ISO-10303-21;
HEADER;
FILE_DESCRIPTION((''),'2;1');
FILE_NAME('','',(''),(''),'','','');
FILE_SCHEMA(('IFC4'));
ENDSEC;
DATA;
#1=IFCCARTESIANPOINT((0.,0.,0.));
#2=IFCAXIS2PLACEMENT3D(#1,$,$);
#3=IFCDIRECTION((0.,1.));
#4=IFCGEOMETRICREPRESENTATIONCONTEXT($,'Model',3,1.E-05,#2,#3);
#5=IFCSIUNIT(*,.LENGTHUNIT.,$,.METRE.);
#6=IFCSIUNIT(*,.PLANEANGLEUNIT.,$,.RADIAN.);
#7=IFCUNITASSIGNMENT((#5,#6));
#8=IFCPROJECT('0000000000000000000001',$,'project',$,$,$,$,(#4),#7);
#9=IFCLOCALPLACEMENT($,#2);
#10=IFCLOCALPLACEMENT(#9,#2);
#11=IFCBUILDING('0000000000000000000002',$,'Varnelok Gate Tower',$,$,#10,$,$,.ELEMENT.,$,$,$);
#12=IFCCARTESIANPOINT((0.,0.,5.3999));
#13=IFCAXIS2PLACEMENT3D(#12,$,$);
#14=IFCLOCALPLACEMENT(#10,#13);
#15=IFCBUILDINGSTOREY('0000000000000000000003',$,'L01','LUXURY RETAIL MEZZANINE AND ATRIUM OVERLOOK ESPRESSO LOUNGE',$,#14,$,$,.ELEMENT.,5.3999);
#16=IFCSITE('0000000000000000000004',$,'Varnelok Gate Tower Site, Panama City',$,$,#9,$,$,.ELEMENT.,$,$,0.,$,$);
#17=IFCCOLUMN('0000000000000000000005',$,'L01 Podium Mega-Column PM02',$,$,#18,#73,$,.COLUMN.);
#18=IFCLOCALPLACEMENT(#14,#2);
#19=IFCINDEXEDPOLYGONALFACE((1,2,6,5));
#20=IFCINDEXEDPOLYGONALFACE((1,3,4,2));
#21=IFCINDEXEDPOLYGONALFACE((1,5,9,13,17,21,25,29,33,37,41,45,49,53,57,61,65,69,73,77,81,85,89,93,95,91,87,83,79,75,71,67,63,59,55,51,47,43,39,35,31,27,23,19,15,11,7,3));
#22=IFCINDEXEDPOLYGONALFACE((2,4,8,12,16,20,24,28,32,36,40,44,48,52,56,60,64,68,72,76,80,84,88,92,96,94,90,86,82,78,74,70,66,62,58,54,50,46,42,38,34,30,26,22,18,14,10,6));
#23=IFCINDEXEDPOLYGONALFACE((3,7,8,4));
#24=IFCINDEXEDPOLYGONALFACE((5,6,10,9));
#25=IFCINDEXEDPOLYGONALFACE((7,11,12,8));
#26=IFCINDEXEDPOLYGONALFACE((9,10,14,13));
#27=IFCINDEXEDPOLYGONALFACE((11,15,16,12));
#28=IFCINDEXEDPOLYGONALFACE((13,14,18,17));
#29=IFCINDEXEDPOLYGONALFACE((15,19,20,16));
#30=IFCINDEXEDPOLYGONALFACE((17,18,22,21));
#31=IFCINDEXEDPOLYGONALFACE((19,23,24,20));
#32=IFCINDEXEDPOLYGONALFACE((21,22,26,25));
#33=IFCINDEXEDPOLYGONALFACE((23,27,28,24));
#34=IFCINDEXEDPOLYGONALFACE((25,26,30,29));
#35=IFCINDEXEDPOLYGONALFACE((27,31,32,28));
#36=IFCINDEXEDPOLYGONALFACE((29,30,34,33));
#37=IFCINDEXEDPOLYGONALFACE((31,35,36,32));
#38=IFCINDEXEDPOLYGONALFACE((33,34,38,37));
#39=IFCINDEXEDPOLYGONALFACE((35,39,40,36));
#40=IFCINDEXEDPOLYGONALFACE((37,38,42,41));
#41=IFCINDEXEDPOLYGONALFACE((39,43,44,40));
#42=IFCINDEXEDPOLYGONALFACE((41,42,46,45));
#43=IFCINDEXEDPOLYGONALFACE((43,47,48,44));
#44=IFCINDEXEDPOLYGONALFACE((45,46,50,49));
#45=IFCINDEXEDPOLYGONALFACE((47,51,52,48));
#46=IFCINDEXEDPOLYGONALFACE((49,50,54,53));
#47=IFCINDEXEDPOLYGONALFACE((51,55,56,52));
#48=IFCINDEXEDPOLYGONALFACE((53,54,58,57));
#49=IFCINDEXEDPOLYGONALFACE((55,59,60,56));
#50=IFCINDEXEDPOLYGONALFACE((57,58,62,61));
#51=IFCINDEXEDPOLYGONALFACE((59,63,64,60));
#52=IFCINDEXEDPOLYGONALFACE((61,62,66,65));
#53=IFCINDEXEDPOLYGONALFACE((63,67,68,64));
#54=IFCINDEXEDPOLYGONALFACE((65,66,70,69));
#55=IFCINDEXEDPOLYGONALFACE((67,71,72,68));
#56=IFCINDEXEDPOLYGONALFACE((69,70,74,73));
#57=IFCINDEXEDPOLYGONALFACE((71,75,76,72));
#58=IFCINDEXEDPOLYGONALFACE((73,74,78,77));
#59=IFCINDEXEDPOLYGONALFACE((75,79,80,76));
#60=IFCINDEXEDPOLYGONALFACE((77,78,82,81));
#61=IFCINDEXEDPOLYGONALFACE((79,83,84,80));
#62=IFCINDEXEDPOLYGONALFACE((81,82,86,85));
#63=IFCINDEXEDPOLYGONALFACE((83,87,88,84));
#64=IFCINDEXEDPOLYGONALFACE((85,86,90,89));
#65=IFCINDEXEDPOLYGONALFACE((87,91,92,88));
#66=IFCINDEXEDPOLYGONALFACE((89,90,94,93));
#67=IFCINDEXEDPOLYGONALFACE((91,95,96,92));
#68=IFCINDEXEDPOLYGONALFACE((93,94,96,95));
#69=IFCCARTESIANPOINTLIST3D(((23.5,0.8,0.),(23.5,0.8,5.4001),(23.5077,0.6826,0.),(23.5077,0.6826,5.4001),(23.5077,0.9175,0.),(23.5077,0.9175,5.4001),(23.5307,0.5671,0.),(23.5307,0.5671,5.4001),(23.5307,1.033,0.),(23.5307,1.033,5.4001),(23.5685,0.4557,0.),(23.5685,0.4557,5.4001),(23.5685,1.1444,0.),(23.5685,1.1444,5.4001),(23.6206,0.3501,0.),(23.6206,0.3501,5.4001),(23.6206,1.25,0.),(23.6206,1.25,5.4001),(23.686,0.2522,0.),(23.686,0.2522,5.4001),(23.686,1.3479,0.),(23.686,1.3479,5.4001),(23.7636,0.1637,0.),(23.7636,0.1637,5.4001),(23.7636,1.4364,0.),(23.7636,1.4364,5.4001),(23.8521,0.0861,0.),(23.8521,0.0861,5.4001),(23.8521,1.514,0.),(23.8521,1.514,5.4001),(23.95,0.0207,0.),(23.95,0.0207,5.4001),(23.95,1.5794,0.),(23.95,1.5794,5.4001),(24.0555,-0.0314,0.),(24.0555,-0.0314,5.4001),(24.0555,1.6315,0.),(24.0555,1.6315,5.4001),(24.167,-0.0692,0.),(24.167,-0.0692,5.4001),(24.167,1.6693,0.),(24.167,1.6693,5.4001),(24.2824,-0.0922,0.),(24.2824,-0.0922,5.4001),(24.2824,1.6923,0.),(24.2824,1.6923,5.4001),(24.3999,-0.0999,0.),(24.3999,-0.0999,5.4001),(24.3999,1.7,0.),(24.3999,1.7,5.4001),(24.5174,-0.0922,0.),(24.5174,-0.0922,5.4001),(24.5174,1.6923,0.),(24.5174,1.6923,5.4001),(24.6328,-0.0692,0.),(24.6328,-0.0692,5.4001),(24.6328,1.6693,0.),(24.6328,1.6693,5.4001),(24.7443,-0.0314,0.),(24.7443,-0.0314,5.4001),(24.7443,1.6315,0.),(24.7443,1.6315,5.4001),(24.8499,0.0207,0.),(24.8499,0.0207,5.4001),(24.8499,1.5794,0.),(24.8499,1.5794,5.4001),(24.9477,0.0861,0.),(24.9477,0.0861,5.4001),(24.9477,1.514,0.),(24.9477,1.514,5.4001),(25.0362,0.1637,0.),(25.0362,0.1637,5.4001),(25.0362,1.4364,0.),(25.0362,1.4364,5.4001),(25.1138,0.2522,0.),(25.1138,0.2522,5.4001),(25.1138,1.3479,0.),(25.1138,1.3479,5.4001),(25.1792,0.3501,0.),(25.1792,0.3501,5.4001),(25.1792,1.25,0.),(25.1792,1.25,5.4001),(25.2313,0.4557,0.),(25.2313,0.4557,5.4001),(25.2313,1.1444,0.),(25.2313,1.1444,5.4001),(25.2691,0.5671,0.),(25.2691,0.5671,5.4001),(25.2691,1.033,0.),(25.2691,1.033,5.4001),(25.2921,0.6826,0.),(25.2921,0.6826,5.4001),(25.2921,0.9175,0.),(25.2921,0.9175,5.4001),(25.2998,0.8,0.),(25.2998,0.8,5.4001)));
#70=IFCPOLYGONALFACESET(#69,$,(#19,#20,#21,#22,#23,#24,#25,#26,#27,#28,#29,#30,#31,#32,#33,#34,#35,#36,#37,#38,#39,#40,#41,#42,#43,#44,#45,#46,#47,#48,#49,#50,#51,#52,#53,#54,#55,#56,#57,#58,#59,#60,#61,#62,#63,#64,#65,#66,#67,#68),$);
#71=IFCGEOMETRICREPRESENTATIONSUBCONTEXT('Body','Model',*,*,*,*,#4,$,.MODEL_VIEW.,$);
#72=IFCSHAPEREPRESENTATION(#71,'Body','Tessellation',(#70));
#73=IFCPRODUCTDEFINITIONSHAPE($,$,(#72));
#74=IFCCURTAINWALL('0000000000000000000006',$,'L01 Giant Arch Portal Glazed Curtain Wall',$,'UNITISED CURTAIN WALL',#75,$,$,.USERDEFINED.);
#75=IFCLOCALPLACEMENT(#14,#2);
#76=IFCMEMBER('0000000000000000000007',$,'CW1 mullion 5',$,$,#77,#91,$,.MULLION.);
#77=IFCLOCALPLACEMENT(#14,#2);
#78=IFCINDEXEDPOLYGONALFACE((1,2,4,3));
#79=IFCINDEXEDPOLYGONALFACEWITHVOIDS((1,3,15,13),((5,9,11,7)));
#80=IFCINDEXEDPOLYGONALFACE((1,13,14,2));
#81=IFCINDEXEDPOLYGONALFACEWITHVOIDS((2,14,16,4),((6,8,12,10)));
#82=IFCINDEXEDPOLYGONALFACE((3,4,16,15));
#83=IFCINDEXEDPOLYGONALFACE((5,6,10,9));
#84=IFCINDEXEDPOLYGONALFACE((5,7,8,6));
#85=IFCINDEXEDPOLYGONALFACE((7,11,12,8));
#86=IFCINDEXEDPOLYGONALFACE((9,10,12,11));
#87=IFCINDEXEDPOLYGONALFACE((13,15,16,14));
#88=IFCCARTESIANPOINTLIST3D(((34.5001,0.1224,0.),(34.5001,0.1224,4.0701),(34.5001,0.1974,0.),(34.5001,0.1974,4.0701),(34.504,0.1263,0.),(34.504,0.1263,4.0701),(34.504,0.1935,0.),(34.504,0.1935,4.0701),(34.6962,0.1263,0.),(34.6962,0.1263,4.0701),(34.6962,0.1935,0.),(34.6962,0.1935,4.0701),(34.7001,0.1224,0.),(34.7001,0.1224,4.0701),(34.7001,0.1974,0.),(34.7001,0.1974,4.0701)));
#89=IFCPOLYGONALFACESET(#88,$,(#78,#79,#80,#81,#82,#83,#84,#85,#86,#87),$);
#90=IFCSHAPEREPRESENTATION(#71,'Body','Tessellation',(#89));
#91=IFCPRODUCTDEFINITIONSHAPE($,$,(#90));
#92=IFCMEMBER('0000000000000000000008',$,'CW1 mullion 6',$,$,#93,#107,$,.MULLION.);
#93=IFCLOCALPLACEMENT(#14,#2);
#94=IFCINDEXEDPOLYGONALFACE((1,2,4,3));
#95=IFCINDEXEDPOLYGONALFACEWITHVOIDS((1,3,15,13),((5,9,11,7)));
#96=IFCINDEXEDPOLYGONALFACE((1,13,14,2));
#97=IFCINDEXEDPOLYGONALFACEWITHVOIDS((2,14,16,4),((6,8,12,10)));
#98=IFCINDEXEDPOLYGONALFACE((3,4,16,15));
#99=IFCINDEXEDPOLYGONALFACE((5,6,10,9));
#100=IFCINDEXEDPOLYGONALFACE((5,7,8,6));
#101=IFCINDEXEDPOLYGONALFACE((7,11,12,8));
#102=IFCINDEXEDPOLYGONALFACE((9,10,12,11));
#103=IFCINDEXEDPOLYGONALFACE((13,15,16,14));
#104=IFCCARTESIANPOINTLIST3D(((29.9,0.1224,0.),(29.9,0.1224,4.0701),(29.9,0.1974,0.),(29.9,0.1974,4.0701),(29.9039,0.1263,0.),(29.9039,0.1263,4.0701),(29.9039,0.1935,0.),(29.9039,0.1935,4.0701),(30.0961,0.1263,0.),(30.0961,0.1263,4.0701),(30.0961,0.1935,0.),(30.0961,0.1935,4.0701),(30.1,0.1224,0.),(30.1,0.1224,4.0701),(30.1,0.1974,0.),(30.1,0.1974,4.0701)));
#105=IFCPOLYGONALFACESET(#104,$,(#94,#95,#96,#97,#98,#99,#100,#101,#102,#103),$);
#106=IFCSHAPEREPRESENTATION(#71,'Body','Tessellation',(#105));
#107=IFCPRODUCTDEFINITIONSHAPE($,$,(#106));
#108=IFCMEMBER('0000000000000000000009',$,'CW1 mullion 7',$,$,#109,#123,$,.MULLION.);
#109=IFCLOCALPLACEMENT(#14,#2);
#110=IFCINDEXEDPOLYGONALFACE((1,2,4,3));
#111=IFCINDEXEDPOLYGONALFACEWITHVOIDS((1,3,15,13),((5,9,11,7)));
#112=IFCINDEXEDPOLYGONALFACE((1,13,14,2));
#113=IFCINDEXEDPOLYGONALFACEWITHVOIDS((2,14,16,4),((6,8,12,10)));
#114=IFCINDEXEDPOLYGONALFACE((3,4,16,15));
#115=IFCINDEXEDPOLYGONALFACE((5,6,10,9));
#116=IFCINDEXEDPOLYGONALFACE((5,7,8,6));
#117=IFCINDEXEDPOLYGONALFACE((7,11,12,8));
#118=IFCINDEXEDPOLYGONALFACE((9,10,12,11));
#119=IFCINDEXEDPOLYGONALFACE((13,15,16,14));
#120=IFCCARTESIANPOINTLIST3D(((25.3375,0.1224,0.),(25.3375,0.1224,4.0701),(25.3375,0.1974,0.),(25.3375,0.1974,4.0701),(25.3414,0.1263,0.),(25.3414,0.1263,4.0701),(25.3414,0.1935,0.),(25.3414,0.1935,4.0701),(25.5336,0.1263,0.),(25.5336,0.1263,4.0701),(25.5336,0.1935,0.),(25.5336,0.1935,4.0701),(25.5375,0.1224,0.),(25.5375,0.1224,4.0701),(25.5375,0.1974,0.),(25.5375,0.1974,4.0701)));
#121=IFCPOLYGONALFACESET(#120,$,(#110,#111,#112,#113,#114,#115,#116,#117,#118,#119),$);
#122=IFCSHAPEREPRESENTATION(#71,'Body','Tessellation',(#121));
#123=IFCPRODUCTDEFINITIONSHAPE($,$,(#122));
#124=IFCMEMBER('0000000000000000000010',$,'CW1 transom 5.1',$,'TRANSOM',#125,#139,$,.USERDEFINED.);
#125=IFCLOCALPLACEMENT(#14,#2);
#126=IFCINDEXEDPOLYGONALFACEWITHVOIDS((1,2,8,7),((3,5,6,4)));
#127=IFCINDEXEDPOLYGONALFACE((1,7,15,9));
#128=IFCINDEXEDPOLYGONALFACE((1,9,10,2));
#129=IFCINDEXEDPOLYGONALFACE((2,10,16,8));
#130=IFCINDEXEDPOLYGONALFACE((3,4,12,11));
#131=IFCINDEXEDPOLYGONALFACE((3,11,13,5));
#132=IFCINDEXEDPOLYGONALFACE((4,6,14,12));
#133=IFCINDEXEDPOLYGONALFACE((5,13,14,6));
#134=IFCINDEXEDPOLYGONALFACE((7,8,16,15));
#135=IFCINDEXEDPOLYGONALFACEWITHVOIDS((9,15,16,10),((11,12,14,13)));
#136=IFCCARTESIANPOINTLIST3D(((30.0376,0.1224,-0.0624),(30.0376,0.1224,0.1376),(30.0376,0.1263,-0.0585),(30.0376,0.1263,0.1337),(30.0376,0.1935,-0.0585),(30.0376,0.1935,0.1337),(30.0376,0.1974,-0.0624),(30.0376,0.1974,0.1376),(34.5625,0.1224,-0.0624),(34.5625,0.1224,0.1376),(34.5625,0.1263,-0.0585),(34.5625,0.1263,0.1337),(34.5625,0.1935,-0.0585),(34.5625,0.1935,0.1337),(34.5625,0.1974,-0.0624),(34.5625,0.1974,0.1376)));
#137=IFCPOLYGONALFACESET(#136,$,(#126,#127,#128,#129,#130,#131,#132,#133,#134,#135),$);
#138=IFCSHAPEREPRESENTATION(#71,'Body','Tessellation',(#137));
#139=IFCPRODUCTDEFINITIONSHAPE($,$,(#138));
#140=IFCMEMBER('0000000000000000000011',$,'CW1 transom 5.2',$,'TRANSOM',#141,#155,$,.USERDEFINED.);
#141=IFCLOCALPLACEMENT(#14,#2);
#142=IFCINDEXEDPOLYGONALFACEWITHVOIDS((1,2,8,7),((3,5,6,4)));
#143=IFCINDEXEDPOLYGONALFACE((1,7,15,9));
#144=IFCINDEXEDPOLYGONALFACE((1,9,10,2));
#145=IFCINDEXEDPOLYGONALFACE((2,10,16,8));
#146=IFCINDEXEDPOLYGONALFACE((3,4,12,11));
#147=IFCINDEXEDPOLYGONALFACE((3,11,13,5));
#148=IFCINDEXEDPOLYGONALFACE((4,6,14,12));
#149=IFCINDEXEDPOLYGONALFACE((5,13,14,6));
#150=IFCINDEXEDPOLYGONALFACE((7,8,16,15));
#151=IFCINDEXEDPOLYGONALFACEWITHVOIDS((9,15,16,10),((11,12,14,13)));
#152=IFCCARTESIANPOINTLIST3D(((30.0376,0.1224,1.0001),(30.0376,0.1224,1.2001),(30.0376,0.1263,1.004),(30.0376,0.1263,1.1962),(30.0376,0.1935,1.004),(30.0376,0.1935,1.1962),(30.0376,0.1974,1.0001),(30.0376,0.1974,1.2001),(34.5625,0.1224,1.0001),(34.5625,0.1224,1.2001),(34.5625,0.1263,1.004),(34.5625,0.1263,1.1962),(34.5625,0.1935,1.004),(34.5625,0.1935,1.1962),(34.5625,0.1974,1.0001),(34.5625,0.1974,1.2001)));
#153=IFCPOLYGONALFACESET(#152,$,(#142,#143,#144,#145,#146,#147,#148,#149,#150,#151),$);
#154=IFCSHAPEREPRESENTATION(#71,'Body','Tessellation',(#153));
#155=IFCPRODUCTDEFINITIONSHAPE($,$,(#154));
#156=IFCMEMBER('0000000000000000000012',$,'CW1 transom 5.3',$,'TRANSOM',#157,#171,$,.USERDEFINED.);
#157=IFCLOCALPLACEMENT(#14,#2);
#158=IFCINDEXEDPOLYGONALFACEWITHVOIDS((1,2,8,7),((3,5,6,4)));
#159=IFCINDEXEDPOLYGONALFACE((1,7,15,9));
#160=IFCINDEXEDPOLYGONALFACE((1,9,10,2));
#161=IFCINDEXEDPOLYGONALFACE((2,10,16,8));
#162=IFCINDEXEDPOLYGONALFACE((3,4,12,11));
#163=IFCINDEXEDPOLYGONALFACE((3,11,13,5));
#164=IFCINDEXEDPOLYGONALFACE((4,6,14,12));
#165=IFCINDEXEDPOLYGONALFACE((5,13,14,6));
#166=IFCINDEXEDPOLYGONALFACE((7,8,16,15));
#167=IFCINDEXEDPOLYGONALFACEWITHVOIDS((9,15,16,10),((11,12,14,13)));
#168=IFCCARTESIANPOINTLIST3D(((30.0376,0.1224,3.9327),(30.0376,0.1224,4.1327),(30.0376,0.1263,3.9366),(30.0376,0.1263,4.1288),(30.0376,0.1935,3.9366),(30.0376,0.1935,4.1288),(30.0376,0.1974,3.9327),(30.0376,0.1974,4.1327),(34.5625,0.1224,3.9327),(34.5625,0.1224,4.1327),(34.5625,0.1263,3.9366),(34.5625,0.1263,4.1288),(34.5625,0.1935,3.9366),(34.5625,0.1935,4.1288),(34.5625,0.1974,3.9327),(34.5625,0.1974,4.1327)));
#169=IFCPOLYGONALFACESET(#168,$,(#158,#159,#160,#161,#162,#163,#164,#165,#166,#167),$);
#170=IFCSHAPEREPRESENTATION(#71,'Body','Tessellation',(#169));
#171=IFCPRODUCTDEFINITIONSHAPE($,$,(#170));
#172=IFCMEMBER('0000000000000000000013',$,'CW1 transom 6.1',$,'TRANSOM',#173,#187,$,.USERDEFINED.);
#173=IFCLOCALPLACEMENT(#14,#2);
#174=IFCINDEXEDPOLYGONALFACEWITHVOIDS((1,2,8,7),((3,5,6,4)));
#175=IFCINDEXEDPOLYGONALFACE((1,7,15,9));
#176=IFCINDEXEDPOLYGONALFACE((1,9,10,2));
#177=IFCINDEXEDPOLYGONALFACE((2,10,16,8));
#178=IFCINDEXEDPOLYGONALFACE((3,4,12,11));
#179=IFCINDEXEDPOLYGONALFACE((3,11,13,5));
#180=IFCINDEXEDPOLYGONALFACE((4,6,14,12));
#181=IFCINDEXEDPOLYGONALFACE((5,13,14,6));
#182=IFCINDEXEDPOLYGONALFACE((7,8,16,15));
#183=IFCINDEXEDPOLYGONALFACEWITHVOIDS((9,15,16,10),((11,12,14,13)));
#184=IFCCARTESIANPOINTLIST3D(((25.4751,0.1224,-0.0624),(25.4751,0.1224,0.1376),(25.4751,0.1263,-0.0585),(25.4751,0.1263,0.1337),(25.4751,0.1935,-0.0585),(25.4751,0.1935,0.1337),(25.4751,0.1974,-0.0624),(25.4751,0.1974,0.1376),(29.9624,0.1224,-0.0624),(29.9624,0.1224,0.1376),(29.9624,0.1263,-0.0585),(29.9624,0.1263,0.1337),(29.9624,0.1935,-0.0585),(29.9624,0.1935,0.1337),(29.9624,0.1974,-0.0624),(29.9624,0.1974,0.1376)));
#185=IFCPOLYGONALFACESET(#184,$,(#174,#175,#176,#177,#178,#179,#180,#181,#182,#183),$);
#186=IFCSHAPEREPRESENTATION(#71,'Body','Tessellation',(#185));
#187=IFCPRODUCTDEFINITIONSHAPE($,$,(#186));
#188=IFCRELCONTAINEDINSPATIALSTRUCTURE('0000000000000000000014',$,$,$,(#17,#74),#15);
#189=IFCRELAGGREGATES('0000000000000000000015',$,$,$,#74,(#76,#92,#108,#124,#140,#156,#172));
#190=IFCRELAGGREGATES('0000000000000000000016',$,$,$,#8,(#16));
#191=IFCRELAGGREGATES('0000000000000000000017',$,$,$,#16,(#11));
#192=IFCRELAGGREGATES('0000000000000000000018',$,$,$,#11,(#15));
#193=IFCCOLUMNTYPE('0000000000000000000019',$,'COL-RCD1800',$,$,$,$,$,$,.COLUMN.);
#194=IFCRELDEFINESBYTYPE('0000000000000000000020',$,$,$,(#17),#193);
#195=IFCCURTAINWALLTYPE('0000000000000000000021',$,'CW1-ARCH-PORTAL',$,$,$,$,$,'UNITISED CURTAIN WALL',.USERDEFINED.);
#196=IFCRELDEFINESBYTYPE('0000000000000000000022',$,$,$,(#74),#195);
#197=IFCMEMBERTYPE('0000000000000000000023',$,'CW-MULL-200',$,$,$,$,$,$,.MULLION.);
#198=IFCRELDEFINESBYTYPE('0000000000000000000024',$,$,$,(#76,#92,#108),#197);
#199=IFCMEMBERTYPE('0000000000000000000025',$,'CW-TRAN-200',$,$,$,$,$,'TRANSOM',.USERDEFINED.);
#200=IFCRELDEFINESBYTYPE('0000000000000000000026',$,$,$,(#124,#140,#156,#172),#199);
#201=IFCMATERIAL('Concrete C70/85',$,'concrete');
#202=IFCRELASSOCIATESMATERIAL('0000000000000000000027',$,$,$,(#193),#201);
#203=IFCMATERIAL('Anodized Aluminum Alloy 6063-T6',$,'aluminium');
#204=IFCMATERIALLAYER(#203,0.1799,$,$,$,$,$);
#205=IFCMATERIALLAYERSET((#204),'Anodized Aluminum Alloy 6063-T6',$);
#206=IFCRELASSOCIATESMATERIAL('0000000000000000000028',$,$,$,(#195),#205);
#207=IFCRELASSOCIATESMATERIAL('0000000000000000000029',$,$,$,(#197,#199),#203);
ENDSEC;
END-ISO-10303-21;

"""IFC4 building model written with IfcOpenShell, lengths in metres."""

from ifc_helpers import new_model, si_unit, direction, frame, origin, origin_2d, place, context, subcontext, project, spatial, hollow_rectangle, circle, extrude, material, layer, layer_set, material_profile, profile_set, type_object, element, aggregate, save


model = new_model("IFC4")

# Units and contexts
model_context = context("Model", 3, precision=1e-05, world=origin(), true_north=direction((0.0, 1.0)))
body_context = subcontext(model_context, "Body", "Model", "MODEL_VIEW")
ifc_project = project(units=[si_unit("LENGTHUNIT", "METRE"), si_unit("PLANEANGLEUNIT", "RADIAN")], contexts=[model_context])

# Site, building, storey
site_placement = place(None, origin())
site = spatial("IfcSite", under=ifc_project, at=site_placement, Name="Varnelok Gate Tower Site, Panama City", CompositionType="ELEMENT", RefElevation=0.0)
building_placement = place(site_placement, origin())
building = spatial("IfcBuilding", under=site, at=building_placement, Name="Varnelok Gate Tower", CompositionType="ELEMENT")
storey_placement = place(building_placement, frame((0.0, 0.0, 5.3999)))
storey = spatial("IfcBuildingStorey", under=building, at=storey_placement, Name="L01", Description="LUXURY RETAIL MEZZANINE AND ATRIUM OVERLOOK ESPRESSO LOUNGE", CompositionType="ELEMENT", Elevation=5.3999)

# Column
ifc_material_1 = material(Name="Concrete C70/85", Category="concrete")
ifc_material_profile_1 = material_profile(ifc_material_1, circle(Radius=0.8999, at=origin_2d()), Name="RCD1800")
ifc_profile_set_1 = profile_set([ifc_material_profile_1], Name="Concrete C70/85")
column_type = type_object("IfcColumnType", Name="COL-RCD1800", PredefinedType="COLUMN", material=ifc_profile_set_1)
column_placement = place(storey_placement, frame((24.3999, 0.8, 0.0), z_axis=(0.0, 0.0, 1.0), x_axis=(1.0, 0.0, 0.0)))
element("IfcColumn", 1, at=column_placement, inside=storey, type_object=column_type, Name="L01 Podium Mega-Column PM02", PredefinedType="COLUMN", context=body_context, shape_type="SweptSolid", body=[
    extrude(circle(Radius=0.8999, at=origin_2d()), origin(), (0.0, 0.0, 1.0), 5.4001),
])

# Curtain wall, members
ifc_material_2 = material(Name="Anodized Aluminum Alloy 6063-T6", Category="aluminium")
ifc_layer_1 = layer(ifc_material_2, 0.1799)
ifc_layer_set_1 = layer_set([ifc_layer_1], Name="Anodized Aluminum Alloy 6063-T6")
curtain_wall_type = type_object("IfcCurtainWallType", Name="CW1-ARCH-PORTAL", ElementType="UNITISED CURTAIN WALL", PredefinedType="USERDEFINED", material=ifc_layer_set_1)
curtain_wall_placement = place(storey_placement, origin())
curtain_wall = element("IfcCurtainWall", 2, at=curtain_wall_placement, inside=storey, type_object=curtain_wall_type, Name="L01 Giant Arch Portal Glazed Curtain Wall", ObjectType="UNITISED CURTAIN WALL", PredefinedType="USERDEFINED")
ifc_material_profile_2 = material_profile(ifc_material_2, hollow_rectangle(XDim=0.075, YDim=0.2, WallThickness=0.0039, at=origin_2d()), Name="ALU200X75X4")
ifc_profile_set_2 = profile_set([ifc_material_profile_2], Name="Anodized Aluminum Alloy 6063-T6")
member_type_1 = type_object("IfcMemberType", Name="CW-MULL-200", PredefinedType="MULLION", material=ifc_profile_set_2)
member_1_placement = place(storey_placement, frame((34.6001, 0.1599, 0.0), z_axis=(0.0, 0.0, 1.0), x_axis=(0.0, -1.0, 0.0)))
member_1 = element("IfcMember", 3, at=member_1_placement, type_object=member_type_1, Name="CW1 mullion 5", PredefinedType="MULLION", context=body_context, shape_type="SweptSolid", body=[
    extrude(hollow_rectangle(XDim=0.075, YDim=0.2, WallThickness=0.0039, at=origin_2d()), origin(), (0.0, 0.0, 1.0), 4.0701),
])
member_2_placement = place(storey_placement, frame((30.0, 0.1599, 0.0), z_axis=(0.0, 0.0, 1.0), x_axis=(0.0, -1.0, 0.0)))
member_2 = element("IfcMember", 4, at=member_2_placement, type_object=member_type_1, Name="CW1 mullion 6", PredefinedType="MULLION", context=body_context, shape_type="SweptSolid", body=[
    extrude(hollow_rectangle(XDim=0.075, YDim=0.2, WallThickness=0.0039, at=origin_2d()), origin(), (0.0, 0.0, 1.0), 4.0701),
])
member_3_placement = place(storey_placement, frame((25.4375, 0.1599, 0.0), z_axis=(0.0, 0.0, 1.0), x_axis=(0.0, -1.0, 0.0)))
member_3 = element("IfcMember", 5, at=member_3_placement, type_object=member_type_1, Name="CW1 mullion 7", PredefinedType="MULLION", context=body_context, shape_type="SweptSolid", body=[
    extrude(hollow_rectangle(XDim=0.075, YDim=0.2, WallThickness=0.0039, at=origin_2d()), origin(), (0.0, 0.0, 1.0), 4.0701),
])
ifc_material_profile_3 = material_profile(ifc_material_2, hollow_rectangle(XDim=0.075, YDim=0.2, WallThickness=0.0039, at=origin_2d()), Name="ALU200X75X4")
ifc_profile_set_3 = profile_set([ifc_material_profile_3], Name="Anodized Aluminum Alloy 6063-T6")
member_type_2 = type_object("IfcMemberType", Name="CW-TRAN-200", ElementType="TRANSOM", PredefinedType="USERDEFINED", material=ifc_profile_set_3)
member_4_placement = place(storey_placement, frame((34.5625, 0.1599, 0.0376), z_axis=(-1.0, 0.0, 0.0), x_axis=(0.0, -1.0, 0.0)))
member_4 = element("IfcMember", 6, at=member_4_placement, type_object=member_type_2, Name="CW1 transom 5.1", ObjectType="TRANSOM", PredefinedType="USERDEFINED", context=body_context, shape_type="SweptSolid", body=[
    extrude(hollow_rectangle(XDim=0.075, YDim=0.2, WallThickness=0.0039, at=origin_2d()), origin(), (0.0, 0.0, 1.0), 4.5249),
])
member_5_placement = place(storey_placement, frame((34.5625, 0.1599, 1.1001), z_axis=(-1.0, 0.0, 0.0), x_axis=(0.0, -1.0, 0.0)))
member_5 = element("IfcMember", 7, at=member_5_placement, type_object=member_type_2, Name="CW1 transom 5.2", ObjectType="TRANSOM", PredefinedType="USERDEFINED", context=body_context, shape_type="SweptSolid", body=[
    extrude(hollow_rectangle(XDim=0.075, YDim=0.2, WallThickness=0.0039, at=origin_2d()), origin(), (0.0, 0.0, 1.0), 4.5249),
])
member_6_placement = place(storey_placement, frame((34.5625, 0.1599, 4.0327), z_axis=(-1.0, 0.0, 0.0), x_axis=(0.0, -1.0, 0.0)))
member_6 = element("IfcMember", 8, at=member_6_placement, type_object=member_type_2, Name="CW1 transom 5.3", ObjectType="TRANSOM", PredefinedType="USERDEFINED", context=body_context, shape_type="SweptSolid", body=[
    extrude(hollow_rectangle(XDim=0.075, YDim=0.2, WallThickness=0.0039, at=origin_2d()), origin(), (0.0, 0.0, 1.0), 4.5249),
])
member_7_placement = place(storey_placement, frame((29.9624, 0.1599, 0.0376), z_axis=(-1.0, 0.0, 0.0), x_axis=(0.0, -1.0, 0.0)))
member_7 = element("IfcMember", 9, at=member_7_placement, type_object=member_type_2, Name="CW1 transom 6.1", ObjectType="TRANSOM", PredefinedType="USERDEFINED", context=body_context, shape_type="SweptSolid", body=[
    extrude(hollow_rectangle(XDim=0.075, YDim=0.2, WallThickness=0.0039, at=origin_2d()), origin(), (0.0, 0.0, 1.0), 4.4873),
])

aggregate(curtain_wall, [member_1, member_2, member_3, member_4, member_5, member_6, member_7])

save(model, "model.ifc")
